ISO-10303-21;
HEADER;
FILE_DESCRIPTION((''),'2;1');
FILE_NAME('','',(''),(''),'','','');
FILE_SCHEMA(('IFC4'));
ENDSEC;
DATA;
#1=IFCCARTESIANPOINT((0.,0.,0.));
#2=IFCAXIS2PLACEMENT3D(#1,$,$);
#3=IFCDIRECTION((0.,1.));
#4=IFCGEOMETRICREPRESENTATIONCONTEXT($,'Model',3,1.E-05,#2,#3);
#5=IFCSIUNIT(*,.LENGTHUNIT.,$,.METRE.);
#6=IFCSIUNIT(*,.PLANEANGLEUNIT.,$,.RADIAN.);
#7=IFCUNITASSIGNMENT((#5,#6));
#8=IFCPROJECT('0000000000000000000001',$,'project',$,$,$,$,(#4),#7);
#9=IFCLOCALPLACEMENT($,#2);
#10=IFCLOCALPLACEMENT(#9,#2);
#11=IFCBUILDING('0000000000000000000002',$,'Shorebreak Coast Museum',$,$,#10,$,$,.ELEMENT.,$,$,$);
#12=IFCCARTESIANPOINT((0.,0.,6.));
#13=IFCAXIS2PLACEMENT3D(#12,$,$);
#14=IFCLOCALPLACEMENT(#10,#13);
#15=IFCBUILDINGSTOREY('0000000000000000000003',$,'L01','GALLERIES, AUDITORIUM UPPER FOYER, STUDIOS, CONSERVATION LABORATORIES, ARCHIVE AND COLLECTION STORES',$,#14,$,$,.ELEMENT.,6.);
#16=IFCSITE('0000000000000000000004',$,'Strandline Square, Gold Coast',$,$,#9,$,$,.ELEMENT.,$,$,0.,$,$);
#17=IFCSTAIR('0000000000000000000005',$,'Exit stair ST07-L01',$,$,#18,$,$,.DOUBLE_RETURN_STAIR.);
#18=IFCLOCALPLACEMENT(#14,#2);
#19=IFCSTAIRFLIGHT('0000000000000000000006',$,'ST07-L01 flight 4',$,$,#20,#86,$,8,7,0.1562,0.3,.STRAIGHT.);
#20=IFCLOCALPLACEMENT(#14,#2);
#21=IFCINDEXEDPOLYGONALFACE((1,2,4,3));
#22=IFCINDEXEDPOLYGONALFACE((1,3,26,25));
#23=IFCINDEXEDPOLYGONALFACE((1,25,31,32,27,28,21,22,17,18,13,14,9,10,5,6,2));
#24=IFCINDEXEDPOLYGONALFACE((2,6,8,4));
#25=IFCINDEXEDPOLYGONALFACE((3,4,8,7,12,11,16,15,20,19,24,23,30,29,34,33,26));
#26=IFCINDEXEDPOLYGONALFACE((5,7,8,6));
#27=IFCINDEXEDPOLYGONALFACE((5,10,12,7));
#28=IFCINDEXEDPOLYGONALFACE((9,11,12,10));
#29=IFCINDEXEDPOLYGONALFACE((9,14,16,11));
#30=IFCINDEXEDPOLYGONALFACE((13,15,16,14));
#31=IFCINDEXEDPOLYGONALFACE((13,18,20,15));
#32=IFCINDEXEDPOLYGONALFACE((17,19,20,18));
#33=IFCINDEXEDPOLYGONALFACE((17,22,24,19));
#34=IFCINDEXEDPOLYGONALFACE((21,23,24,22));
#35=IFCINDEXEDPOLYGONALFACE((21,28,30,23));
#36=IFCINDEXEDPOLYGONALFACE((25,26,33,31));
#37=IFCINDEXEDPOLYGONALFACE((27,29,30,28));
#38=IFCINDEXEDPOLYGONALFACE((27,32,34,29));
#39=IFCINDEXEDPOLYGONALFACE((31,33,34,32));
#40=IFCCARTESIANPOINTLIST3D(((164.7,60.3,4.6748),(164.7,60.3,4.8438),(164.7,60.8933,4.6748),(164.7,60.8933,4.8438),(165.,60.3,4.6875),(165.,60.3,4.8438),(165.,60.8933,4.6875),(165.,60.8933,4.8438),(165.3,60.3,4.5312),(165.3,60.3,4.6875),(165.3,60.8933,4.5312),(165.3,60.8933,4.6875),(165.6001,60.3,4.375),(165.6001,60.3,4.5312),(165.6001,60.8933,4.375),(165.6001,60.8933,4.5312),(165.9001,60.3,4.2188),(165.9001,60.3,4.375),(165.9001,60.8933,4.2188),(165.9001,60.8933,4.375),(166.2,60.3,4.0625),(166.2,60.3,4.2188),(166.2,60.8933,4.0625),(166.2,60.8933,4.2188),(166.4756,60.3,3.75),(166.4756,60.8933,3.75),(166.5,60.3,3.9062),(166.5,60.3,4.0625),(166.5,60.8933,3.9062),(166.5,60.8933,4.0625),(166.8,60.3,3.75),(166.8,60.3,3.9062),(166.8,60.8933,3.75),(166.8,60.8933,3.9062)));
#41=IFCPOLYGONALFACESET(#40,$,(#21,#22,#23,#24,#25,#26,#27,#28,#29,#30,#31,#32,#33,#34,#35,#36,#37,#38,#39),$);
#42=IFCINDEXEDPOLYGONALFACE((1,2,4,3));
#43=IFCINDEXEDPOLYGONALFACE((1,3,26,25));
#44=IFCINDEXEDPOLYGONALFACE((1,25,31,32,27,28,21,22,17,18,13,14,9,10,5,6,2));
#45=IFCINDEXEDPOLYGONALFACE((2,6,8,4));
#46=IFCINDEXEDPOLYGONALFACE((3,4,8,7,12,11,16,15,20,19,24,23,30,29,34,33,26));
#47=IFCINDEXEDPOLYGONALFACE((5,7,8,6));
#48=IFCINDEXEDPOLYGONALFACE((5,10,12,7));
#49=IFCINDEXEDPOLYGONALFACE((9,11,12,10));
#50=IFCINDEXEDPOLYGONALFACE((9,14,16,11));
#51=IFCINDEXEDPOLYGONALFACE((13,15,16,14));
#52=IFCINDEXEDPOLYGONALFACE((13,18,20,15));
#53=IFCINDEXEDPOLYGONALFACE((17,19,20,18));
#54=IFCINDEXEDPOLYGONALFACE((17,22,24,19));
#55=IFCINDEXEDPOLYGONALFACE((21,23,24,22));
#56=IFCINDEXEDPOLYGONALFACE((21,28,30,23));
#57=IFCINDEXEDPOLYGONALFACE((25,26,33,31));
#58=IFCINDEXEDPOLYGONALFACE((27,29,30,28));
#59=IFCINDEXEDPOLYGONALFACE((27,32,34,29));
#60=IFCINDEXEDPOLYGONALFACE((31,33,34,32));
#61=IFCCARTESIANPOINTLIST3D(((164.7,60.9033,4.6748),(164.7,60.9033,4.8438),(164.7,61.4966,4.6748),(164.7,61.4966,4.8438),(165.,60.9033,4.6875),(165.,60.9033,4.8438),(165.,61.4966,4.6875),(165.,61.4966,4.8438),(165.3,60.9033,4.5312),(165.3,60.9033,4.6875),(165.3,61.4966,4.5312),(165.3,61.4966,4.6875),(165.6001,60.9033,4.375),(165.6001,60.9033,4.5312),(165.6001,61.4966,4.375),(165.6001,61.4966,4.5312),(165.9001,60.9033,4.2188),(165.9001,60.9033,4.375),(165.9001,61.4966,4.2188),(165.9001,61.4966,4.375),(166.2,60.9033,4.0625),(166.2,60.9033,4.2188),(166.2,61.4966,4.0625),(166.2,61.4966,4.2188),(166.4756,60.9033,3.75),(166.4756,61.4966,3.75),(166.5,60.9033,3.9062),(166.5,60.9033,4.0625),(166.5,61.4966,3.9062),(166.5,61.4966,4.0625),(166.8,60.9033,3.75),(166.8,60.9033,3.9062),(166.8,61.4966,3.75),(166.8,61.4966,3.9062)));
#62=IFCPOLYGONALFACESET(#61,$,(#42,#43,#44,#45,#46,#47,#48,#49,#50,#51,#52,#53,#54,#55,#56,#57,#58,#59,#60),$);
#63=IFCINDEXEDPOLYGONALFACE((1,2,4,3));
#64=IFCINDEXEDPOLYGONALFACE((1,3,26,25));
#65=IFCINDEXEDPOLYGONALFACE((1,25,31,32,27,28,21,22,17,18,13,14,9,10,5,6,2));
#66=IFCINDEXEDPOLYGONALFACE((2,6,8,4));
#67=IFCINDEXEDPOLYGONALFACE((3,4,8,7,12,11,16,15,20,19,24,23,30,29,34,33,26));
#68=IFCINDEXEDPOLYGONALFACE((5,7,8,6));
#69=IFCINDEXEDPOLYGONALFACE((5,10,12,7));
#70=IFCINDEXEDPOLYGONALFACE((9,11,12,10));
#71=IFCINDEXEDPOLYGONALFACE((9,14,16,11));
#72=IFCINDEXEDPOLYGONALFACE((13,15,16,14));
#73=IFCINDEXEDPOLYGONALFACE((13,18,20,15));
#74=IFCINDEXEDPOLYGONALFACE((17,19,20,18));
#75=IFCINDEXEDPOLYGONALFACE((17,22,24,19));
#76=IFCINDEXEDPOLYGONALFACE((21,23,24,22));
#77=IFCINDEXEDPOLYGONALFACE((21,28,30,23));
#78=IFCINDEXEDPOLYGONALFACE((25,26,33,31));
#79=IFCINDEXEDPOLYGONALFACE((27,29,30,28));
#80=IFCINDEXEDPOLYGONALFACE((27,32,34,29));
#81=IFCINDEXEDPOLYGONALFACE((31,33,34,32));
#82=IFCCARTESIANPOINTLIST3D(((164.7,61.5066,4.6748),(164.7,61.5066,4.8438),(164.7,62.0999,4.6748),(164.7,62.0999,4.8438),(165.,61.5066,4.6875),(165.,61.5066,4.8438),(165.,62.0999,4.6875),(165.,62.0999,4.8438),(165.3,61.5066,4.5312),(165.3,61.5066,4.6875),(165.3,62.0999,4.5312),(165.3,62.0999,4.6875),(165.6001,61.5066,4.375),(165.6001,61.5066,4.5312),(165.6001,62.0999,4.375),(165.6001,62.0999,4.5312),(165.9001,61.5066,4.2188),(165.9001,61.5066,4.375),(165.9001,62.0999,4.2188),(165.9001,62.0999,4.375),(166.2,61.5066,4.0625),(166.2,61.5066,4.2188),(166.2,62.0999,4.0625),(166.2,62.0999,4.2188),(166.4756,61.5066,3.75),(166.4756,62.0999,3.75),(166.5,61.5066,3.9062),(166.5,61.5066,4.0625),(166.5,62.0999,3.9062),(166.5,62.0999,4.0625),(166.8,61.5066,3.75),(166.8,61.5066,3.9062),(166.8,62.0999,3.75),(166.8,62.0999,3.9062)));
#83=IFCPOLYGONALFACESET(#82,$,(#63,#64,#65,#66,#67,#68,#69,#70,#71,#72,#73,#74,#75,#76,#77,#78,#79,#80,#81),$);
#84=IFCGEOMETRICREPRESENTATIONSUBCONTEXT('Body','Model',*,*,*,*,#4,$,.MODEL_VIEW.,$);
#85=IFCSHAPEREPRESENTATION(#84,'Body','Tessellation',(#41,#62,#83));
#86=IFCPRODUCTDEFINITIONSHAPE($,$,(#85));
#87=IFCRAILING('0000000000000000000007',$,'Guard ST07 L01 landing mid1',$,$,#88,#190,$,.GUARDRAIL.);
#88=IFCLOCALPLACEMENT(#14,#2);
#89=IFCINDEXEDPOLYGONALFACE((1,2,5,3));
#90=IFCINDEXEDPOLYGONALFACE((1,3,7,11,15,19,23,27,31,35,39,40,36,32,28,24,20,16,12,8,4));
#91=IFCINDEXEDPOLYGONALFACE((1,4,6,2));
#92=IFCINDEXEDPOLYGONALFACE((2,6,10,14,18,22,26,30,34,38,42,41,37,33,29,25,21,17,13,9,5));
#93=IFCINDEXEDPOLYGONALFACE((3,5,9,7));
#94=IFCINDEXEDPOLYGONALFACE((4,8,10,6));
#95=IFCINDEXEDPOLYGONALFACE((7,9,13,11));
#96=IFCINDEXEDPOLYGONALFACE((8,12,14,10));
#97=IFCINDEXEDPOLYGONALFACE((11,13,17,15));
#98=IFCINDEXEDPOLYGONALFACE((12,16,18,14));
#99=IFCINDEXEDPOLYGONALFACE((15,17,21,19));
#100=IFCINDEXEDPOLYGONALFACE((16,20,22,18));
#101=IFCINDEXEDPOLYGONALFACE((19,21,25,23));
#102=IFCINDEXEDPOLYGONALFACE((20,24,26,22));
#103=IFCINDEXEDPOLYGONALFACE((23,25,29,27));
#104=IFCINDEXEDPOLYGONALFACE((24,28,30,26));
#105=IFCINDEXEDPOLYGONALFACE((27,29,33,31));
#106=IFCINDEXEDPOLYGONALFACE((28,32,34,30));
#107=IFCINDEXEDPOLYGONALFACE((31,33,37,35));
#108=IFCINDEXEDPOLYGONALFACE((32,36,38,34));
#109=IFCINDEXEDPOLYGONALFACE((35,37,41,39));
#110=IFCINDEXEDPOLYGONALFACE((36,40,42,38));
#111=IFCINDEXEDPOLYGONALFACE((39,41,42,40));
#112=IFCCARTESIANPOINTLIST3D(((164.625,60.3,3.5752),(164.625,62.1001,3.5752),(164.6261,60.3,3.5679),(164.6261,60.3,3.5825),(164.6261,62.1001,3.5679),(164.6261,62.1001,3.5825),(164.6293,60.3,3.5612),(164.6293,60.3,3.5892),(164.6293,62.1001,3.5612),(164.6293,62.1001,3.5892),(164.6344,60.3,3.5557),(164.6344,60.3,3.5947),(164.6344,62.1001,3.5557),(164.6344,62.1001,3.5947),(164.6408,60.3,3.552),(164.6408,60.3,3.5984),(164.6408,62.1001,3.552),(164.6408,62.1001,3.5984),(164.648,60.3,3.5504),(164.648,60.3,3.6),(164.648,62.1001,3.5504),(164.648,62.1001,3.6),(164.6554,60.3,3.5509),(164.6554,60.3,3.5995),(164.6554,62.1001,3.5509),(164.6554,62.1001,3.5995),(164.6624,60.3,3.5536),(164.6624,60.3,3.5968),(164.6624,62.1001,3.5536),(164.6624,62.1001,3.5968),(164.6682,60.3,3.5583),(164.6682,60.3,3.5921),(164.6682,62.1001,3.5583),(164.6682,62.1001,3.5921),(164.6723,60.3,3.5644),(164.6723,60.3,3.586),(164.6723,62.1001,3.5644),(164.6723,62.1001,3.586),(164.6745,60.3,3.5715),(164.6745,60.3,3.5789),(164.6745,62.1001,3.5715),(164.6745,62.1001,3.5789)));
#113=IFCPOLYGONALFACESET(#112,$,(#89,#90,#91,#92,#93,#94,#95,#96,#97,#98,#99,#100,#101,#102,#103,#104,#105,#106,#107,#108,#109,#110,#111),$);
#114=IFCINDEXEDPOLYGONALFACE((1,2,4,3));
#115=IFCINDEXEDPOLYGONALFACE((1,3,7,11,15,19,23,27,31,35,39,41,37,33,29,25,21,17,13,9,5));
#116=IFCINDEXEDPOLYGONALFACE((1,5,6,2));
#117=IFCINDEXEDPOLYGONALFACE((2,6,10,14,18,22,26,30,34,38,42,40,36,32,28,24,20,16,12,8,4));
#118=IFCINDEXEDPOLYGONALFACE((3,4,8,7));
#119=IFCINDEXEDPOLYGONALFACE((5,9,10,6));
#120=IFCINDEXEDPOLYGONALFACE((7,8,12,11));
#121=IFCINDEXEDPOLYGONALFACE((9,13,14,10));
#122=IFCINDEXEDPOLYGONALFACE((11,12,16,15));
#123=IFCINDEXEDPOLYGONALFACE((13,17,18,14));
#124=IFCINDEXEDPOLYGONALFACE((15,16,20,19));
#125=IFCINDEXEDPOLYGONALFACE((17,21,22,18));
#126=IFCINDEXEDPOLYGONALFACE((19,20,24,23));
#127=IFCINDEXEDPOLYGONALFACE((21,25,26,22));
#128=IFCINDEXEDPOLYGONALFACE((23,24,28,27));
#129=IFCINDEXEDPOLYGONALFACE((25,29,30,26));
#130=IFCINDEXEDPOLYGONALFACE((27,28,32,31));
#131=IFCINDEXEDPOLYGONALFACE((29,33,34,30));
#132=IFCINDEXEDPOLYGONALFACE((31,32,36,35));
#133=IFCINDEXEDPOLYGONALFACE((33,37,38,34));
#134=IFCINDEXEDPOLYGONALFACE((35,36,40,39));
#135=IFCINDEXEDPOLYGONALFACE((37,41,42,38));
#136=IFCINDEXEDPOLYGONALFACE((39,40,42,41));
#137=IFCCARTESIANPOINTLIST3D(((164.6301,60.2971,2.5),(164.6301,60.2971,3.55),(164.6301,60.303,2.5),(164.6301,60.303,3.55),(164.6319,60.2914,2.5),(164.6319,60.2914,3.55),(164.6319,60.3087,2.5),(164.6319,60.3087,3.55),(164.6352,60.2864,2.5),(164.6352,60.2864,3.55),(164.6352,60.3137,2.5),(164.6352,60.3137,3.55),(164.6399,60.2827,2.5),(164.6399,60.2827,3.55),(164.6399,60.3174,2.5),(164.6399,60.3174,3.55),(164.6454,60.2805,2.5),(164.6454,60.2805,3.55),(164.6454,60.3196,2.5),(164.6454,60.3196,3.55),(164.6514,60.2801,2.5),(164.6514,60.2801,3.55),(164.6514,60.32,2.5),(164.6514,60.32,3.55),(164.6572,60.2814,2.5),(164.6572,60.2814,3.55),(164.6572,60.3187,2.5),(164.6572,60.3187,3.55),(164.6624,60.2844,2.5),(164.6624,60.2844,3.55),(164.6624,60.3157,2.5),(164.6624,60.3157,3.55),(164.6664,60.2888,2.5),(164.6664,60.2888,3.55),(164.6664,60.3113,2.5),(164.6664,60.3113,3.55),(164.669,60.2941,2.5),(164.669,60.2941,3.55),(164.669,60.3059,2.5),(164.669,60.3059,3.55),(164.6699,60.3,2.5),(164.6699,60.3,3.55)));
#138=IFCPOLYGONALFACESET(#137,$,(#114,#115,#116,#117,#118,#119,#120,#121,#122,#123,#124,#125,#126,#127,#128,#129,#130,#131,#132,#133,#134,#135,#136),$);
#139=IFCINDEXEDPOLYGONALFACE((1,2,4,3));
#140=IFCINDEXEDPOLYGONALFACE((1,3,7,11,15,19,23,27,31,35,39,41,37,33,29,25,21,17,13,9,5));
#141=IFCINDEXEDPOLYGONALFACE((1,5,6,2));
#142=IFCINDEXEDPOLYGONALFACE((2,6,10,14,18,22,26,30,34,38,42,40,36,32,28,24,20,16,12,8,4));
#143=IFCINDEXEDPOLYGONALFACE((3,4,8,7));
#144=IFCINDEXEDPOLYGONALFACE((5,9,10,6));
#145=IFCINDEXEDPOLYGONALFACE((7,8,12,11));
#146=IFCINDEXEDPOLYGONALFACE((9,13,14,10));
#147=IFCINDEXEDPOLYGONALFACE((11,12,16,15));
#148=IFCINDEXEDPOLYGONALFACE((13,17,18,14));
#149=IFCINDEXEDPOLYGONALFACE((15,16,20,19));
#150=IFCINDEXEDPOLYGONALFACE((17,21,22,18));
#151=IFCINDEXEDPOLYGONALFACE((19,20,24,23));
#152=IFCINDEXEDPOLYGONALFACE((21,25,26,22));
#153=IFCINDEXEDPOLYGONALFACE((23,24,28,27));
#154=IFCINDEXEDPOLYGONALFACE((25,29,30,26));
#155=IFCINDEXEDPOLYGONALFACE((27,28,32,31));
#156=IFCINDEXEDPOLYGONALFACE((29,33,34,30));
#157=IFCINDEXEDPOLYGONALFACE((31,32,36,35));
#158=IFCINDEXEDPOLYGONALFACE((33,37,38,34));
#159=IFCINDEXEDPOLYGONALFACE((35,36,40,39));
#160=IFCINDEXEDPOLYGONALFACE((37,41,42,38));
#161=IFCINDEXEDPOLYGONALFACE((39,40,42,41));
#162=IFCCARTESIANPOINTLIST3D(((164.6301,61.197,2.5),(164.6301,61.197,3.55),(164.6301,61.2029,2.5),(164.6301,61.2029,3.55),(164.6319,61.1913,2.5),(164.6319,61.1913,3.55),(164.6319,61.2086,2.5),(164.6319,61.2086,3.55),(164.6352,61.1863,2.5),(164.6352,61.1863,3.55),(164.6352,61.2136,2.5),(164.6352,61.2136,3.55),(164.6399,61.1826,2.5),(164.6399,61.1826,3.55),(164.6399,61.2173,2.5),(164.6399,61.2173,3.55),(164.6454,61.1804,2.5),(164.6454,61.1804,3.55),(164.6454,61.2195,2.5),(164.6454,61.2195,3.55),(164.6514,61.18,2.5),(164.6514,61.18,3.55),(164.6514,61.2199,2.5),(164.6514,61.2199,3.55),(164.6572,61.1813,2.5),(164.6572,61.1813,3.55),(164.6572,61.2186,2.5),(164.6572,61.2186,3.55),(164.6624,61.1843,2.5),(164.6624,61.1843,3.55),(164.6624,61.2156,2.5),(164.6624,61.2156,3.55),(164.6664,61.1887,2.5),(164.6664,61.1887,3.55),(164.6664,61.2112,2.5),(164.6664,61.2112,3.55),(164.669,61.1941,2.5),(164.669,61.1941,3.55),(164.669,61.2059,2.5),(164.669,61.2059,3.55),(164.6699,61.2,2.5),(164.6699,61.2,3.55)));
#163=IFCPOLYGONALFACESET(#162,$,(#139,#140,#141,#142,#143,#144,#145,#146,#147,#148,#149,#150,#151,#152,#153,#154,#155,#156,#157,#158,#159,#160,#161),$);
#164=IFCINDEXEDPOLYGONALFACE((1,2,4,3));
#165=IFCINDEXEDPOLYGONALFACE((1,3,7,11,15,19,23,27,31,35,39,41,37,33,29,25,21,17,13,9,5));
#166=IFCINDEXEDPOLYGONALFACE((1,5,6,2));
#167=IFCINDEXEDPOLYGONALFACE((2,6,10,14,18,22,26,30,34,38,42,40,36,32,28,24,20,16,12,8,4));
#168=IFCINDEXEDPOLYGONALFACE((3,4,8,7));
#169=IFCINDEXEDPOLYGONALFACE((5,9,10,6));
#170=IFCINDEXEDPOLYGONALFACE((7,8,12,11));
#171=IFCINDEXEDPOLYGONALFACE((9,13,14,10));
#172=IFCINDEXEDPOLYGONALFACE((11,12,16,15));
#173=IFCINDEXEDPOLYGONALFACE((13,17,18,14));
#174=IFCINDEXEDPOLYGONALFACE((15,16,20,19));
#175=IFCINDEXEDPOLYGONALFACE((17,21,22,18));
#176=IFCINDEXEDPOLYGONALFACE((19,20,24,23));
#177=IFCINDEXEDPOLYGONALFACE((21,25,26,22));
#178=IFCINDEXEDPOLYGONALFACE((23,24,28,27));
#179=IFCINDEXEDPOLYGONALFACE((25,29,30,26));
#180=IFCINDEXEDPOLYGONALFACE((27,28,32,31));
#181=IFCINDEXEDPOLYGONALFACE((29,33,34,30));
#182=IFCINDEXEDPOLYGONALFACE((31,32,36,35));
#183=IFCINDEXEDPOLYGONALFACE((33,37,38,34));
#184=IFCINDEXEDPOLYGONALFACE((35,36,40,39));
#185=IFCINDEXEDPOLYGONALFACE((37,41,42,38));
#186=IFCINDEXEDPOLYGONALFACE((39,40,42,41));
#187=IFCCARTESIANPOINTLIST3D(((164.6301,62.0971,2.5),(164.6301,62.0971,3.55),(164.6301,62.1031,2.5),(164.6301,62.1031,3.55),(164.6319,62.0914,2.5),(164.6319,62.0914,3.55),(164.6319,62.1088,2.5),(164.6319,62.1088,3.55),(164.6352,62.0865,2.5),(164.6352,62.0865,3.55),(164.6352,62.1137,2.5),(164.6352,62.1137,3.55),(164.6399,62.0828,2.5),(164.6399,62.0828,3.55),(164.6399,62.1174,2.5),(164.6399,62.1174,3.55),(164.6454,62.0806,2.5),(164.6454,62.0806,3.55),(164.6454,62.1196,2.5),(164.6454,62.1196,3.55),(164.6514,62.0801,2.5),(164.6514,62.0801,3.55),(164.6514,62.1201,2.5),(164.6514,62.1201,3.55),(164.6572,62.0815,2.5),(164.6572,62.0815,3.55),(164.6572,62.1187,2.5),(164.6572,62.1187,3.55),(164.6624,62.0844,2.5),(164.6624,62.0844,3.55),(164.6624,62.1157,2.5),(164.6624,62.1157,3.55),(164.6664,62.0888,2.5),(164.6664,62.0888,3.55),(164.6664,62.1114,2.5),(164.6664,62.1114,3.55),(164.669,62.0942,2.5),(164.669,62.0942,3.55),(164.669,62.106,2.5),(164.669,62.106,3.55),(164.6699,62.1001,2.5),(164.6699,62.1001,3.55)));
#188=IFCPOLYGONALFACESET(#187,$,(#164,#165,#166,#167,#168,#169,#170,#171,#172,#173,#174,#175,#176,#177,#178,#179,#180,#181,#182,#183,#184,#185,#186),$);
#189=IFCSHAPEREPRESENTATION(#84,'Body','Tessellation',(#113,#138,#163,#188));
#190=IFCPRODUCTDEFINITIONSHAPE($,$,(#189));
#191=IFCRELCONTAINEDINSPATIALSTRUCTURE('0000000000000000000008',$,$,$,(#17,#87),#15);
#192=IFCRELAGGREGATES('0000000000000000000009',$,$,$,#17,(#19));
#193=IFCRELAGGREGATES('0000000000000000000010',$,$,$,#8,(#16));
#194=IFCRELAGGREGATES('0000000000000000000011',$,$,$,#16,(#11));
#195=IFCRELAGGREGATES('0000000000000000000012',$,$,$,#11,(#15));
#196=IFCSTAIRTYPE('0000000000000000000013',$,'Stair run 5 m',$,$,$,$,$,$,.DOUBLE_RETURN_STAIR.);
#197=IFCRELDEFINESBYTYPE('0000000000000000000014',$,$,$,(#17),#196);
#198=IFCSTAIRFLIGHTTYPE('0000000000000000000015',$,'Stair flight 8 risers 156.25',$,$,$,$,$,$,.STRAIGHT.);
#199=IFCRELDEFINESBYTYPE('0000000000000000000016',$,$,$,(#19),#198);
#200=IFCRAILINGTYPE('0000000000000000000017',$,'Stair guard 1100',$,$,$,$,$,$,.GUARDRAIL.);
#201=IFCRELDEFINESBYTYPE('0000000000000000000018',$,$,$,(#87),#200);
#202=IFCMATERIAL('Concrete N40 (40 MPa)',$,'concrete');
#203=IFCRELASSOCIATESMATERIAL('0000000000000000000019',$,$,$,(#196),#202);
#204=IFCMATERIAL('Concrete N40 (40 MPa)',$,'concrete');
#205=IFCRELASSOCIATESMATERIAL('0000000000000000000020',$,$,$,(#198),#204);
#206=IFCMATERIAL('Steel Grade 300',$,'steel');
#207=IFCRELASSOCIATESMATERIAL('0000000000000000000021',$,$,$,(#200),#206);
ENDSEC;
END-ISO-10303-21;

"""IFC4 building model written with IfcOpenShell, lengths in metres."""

from ifc_helpers import new_model, si_unit, direction, frame, origin, origin_2d, place, context, subcontext, project, spatial, polyline, circle, outline, extrude, material, type_object, element, aggregate, save


model = new_model("IFC4")

# Units and contexts
model_context = context("Model", 3, precision=1e-05, world=origin(), true_north=direction((0.0, 1.0)))
body_context = subcontext(model_context, "Body", "Model", "MODEL_VIEW")
ifc_project = project(units=[si_unit("LENGTHUNIT", "METRE"), si_unit("PLANEANGLEUNIT", "RADIAN")], contexts=[model_context])

# Site, building, storey
site_placement = place(None, origin())
site = spatial("IfcSite", under=ifc_project, at=site_placement, Name="Strandline Square, Gold Coast", CompositionType="ELEMENT", RefElevation=0.0)
building_placement = place(site_placement, origin())
building = spatial("IfcBuilding", under=site, at=building_placement, Name="Shorebreak Coast Museum", CompositionType="ELEMENT")
storey_placement = place(building_placement, frame((0.0, 0.0, 6.0)))
storey = spatial("IfcBuildingStorey", under=building, at=storey_placement, Name="L01", Description="GALLERIES, AUDITORIUM UPPER FOYER, STUDIOS, CONSERVATION LABORATORIES, ARCHIVE AND COLLECTION STORES", CompositionType="ELEMENT", Elevation=6.0)

# Stair, stair flight
ifc_material_1 = material(Name="Concrete N40 (40 MPa)", Category="concrete")
stair_type = type_object("IfcStairType", Name="Stair run 5 m", PredefinedType="DOUBLE_RETURN_STAIR", material=ifc_material_1)
stair_placement = place(storey_placement, origin())
stair = element("IfcStair", 1, at=stair_placement, inside=storey, type_object=stair_type, Name="Exit stair ST07-L01", PredefinedType="DOUBLE_RETURN_STAIR")
ifc_material_2 = material(Name="Concrete N40 (40 MPa)", Category="concrete")
stair_flight_type = type_object("IfcStairFlightType", Name="Stair flight 8 risers 156.25", PredefinedType="STRAIGHT", material=ifc_material_2)
stair_flight_placement = place(storey_placement, frame((166.8, 61.2, 3.75), z_axis=(0.0, 0.0, 1.0), x_axis=(-1.0, 0.0, 0.0)))
stair_flight = element("IfcStairFlight", 2, at=stair_flight_placement, type_object=stair_flight_type, Name="ST07-L01 flight 4", NumberOfRisers=8, NumberOfTreads=7, PredefinedType="STRAIGHT", RiserHeight=0.1562, TreadLength=0.3, context=body_context, shape_type="SweptSolid", body=[
    extrude(outline(polyline([(0.0, 0.0), (0.0, 0.1562), (0.3, 0.1562), (0.3, 0.3125), (0.6001, 0.3125), (0.6001, 0.4688), (0.8999, 0.4688), (0.8999, 0.625), (1.2, 0.625), (1.2, 0.7812), (1.5, 0.7812), (1.5, 0.9375), (1.8, 0.9375), (1.8, 1.0938), (2.1001, 1.0938), (2.1001, 1.25), (2.1001, 0.9248), (0.3245, 0.0), (0.0, 0.0)])), frame((0.0, 0.8999, 0.0), z_axis=(0.0, -1.0, 0.0), x_axis=(1.0, 0.0, 0.0)), (0.0, 0.0, 1.0), 0.5933),
    extrude(outline(polyline([(0.0, 0.0), (0.0, 0.1562), (0.3, 0.1562), (0.3, 0.3125), (0.6001, 0.3125), (0.6001, 0.4688), (0.8999, 0.4688), (0.8999, 0.625), (1.2, 0.625), (1.2, 0.7812), (1.5, 0.7812), (1.5, 0.9375), (1.8, 0.9375), (1.8, 1.0938), (2.1001, 1.0938), (2.1001, 1.25), (2.1001, 0.9248), (0.3245, 0.0), (0.0, 0.0)])), frame((0.0, 0.2966, 0.0), z_axis=(0.0, -1.0, 0.0), x_axis=(1.0, 0.0, 0.0)), (0.0, 0.0, 1.0), 0.5933),
    extrude(outline(polyline([(0.0, 0.0), (0.0, 0.1562), (0.3, 0.1562), (0.3, 0.3125), (0.6001, 0.3125), (0.6001, 0.4688), (0.8999, 0.4688), (0.8999, 0.625), (1.2, 0.625), (1.2, 0.7812), (1.5, 0.7812), (1.5, 0.9375), (1.8, 0.9375), (1.8, 1.0938), (2.1001, 1.0938), (2.1001, 1.25), (2.1001, 0.9248), (0.3245, 0.0), (0.0, 0.0)])), frame((0.0, -0.3066, 0.0), z_axis=(0.0, -1.0, 0.0), x_axis=(1.0, 0.0, 0.0)), (0.0, 0.0, 1.0), 0.5933),
])
aggregate(stair, [stair_flight])

# Railing
ifc_material_3 = material(Name="Steel Grade 300", Category="steel")
railing_type_1 = type_object("IfcRailingType", Name="Stair guard 1100", PredefinedType="GUARDRAIL", material=ifc_material_3)
railing_1_placement = place(storey_placement, frame((164.6499, 60.3, 2.5)))
element("IfcRailing", 3, at=railing_1_placement, inside=storey, type_object=railing_type_1, Name="Guard ST07 L01 landing mid1", PredefinedType="GUARDRAIL", context=body_context, shape_type="SweptSolid", body=[
    extrude(circle(Radius=0.0249, at=origin_2d()), frame((0.0, 0.0, 1.0752), z_axis=(0.0, 1.0, 0.0), x_axis=(-1.0, 0.0, 0.0)), (0.0, 0.0, 1.0), 1.8),
    extrude(circle(Radius=0.02, at=origin_2d()), origin(), (0.0, 0.0, 1.0), 1.05),
    extrude(circle(Radius=0.02, at=origin_2d()), frame((0.0, 0.8999, 0.0)), (0.0, 0.0, 1.0), 1.05),
    extrude(circle(Radius=0.02, at=origin_2d()), frame((0.0, 1.8, 0.0)), (0.0, 0.0, 1.0), 1.05),
])

save(model, "model.ifc")
